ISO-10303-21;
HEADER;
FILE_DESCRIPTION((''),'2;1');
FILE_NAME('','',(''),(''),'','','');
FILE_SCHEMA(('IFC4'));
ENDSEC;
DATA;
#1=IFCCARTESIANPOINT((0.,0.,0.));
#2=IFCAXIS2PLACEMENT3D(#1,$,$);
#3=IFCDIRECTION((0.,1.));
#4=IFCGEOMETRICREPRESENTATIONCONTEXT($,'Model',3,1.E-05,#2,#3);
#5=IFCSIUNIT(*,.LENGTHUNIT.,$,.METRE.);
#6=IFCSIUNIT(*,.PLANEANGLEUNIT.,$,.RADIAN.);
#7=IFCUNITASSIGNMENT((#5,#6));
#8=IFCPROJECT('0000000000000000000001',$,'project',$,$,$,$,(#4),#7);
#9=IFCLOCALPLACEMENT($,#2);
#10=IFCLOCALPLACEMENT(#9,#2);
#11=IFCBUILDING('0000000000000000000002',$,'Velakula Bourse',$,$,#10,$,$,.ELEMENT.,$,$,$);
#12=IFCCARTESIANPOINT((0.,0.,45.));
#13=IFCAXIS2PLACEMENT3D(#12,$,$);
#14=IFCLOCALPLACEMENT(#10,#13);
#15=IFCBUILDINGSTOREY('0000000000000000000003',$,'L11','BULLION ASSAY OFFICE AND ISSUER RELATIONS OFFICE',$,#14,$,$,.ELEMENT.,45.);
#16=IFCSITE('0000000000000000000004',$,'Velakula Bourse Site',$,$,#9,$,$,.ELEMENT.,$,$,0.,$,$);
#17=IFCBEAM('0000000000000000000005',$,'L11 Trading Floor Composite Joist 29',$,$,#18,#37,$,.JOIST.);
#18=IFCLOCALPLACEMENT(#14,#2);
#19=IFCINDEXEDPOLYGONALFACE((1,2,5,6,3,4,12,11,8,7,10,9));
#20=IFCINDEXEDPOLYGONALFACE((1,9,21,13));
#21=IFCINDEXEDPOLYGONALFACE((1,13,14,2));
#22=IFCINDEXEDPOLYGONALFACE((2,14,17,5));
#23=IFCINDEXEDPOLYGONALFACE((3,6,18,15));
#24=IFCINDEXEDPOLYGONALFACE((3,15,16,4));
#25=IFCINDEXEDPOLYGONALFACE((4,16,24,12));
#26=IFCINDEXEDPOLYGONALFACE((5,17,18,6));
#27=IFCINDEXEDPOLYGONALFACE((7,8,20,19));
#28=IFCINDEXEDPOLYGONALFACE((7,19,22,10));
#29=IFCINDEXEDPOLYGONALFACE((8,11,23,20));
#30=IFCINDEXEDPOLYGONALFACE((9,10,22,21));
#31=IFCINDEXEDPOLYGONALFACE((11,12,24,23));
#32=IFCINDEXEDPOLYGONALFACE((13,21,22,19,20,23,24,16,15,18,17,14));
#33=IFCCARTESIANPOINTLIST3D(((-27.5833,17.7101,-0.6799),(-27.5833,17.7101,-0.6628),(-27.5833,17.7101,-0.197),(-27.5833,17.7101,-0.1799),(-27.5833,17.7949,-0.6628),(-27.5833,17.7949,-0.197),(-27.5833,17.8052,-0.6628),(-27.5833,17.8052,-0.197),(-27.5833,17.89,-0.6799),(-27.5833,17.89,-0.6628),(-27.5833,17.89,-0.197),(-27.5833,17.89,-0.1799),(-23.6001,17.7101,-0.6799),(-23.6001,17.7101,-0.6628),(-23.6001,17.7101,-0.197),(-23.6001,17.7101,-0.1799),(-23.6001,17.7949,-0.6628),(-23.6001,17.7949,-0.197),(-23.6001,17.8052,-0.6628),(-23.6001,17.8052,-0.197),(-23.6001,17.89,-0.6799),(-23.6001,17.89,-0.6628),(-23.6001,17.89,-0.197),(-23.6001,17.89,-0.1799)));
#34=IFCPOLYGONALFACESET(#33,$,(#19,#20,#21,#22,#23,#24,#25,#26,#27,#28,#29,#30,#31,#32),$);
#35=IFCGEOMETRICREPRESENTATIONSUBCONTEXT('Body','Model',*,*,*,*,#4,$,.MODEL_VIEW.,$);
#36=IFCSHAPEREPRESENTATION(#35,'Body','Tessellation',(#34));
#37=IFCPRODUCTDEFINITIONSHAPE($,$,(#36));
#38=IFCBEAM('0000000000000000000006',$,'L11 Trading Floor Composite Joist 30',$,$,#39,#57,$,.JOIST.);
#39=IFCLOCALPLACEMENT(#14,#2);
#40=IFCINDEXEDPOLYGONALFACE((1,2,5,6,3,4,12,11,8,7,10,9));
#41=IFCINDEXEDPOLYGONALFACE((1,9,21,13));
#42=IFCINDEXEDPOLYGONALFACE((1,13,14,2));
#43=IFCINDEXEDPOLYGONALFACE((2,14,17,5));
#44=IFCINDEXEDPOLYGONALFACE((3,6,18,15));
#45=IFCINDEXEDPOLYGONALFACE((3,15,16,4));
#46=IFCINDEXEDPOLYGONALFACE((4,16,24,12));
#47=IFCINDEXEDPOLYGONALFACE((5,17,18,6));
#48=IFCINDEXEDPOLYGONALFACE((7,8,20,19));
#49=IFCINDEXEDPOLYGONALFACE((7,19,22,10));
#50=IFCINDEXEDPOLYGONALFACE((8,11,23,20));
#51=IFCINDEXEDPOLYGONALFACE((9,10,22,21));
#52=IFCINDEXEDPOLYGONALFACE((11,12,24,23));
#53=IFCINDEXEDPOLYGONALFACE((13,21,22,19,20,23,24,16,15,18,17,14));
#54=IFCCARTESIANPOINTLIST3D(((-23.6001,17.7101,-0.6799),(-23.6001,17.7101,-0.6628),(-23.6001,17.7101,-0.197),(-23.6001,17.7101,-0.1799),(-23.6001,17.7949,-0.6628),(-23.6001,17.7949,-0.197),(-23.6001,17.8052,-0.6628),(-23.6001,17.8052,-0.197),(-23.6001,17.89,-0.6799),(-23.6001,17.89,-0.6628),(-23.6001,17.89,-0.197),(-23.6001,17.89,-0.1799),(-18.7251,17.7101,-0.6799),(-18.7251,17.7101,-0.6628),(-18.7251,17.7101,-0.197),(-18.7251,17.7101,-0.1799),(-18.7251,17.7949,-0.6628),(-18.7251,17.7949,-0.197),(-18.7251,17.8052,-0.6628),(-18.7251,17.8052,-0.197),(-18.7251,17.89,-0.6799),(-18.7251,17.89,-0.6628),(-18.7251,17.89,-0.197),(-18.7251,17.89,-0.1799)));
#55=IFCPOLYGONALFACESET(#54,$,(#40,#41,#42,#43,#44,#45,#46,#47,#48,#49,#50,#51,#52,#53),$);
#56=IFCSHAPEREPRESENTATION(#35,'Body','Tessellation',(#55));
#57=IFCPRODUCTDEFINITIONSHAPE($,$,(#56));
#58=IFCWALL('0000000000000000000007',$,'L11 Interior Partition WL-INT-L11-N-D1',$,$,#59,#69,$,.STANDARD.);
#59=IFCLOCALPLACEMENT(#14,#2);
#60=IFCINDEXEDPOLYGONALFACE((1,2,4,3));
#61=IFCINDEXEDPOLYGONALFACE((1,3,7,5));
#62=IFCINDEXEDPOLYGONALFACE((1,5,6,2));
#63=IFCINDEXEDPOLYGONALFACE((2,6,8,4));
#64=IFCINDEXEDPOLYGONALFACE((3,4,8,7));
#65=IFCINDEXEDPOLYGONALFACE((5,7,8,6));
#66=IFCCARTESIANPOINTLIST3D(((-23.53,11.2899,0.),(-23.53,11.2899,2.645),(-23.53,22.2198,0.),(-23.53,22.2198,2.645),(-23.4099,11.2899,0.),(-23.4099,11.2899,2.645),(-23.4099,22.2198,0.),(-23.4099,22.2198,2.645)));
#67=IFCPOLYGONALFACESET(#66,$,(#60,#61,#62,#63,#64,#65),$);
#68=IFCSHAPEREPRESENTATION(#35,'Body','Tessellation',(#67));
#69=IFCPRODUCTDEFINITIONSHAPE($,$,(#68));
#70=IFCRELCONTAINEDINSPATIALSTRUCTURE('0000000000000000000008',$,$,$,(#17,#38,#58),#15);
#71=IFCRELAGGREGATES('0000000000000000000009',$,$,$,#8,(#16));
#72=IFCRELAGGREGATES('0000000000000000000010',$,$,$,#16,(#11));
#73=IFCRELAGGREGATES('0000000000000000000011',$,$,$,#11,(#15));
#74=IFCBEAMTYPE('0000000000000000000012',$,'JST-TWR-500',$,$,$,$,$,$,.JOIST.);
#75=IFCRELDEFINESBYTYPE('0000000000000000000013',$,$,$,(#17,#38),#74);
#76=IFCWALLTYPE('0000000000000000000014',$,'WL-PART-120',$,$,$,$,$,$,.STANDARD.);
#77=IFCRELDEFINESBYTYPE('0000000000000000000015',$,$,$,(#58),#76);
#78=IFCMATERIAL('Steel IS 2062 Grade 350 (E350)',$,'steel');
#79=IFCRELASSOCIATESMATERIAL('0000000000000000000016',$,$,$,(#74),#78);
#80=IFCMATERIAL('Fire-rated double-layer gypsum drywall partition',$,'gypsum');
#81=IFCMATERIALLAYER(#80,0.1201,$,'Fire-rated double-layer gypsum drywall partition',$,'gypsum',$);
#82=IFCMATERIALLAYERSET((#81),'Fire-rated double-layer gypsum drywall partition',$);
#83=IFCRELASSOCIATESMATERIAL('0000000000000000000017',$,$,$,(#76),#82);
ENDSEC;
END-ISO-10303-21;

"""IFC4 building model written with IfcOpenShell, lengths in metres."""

from ifc_helpers import new_model, si_unit, direction, frame, frame_2d, origin, origin_2d, place, context, subcontext, project, spatial, rectangle, i_section, extrude, material, layer, layer_set, material_profile, profile_set, type_object, element, save


model = new_model("IFC4")

# Units and contexts
model_context = context("Model", 3, precision=1e-05, world=origin(), true_north=direction((0.0, 1.0)))
body_context = subcontext(model_context, "Body", "Model", "MODEL_VIEW")
ifc_project = project(units=[si_unit("LENGTHUNIT", "METRE"), si_unit("PLANEANGLEUNIT", "RADIAN")], contexts=[model_context])

# Site, building, storey
site_placement = place(None, origin())
site = spatial("IfcSite", under=ifc_project, at=site_placement, Name="Velakula Bourse Site", CompositionType="ELEMENT", RefElevation=0.0)
building_placement = place(site_placement, origin())
building = spatial("IfcBuilding", under=site, at=building_placement, Name="Velakula Bourse", CompositionType="ELEMENT")
storey_placement = place(building_placement, frame((0.0, 0.0, 45.0)))
storey = spatial("IfcBuildingStorey", under=building, at=storey_placement, Name="L11", Description="BULLION ASSAY OFFICE AND ISSUER RELATIONS OFFICE", CompositionType="ELEMENT", Elevation=45.0)

# Beams
ifc_material_1 = material(Name="Steel IS 2062 Grade 350 (E350)", Category="steel")
ifc_material_profile_1 = material_profile(ifc_material_1, i_section(OverallWidth=0.1799, OverallDepth=0.5, WebThickness=0.0103, FlangeThickness=0.0171, at=origin_2d()), Name="Steel IS 2062 Grade 350 (E350)")
ifc_profile_set_1 = profile_set([ifc_material_profile_1], Name="Steel IS 2062 Grade 350 (E350)")
beam_type_1 = type_object("IfcBeamType", Name="JST-TWR-500", PredefinedType="JOIST", material=ifc_profile_set_1)
beam_1_placement = place(storey_placement, frame((-27.5833, 17.8, -0.4299), z_axis=(1.0, 0.0, 0.0), x_axis=(0.0, 1.0, 0.0)))
element("IfcBeam", 1, at=beam_1_placement, inside=storey, type_object=beam_type_1, Name="L11 Trading Floor Composite Joist 29", PredefinedType="JOIST", context=body_context, shape_type="SweptSolid", body=[
    extrude(i_section(OverallWidth=0.1799, OverallDepth=0.5, WebThickness=0.0103, FlangeThickness=0.0171, at=origin_2d()), origin(), (0.0, 0.0, 1.0), 3.9832),
])
beam_2_placement = place(storey_placement, frame((-23.6001, 17.8, -0.4299), z_axis=(1.0, 0.0, 0.0), x_axis=(0.0, 1.0, 0.0)))
element("IfcBeam", 2, at=beam_2_placement, inside=storey, type_object=beam_type_1, Name="L11 Trading Floor Composite Joist 30", PredefinedType="JOIST", context=body_context, shape_type="SweptSolid", body=[
    extrude(i_section(OverallWidth=0.1799, OverallDepth=0.5, WebThickness=0.0103, FlangeThickness=0.0171, at=origin_2d()), origin(), (0.0, 0.0, 1.0), 4.875),
])

# Wall
ifc_material_2 = material(Name="Fire-rated double-layer gypsum drywall partition", Category="gypsum")
ifc_layer = layer(ifc_material_2, 0.1201, Name="Fire-rated double-layer gypsum drywall partition", Category="gypsum")
ifc_layer_set = layer_set([ifc_layer], Name="Fire-rated double-layer gypsum drywall partition")
wall_type = type_object("IfcWallType", Name="WL-PART-120", PredefinedType="STANDARD", material=ifc_layer_set)
wall_placement = place(storey_placement, frame((-23.47, 11.29, 0.0), z_axis=(0.0, 0.0, 1.0), x_axis=(0.0, 1.0, 0.0)))
element("IfcWall", 3, at=wall_placement, inside=storey, type_object=wall_type, Name="L11 Interior Partition WL-INT-L11-N-D1", PredefinedType="STANDARD", context=body_context, shape_type="SweptSolid", body=[
    extrude(rectangle(XDim=10.9299, YDim=0.1201, at=frame_2d((5.4648, 0.0))), origin(), (0.0, 0.0, 1.0), 2.645),
])

save(model, "model.ifc")
